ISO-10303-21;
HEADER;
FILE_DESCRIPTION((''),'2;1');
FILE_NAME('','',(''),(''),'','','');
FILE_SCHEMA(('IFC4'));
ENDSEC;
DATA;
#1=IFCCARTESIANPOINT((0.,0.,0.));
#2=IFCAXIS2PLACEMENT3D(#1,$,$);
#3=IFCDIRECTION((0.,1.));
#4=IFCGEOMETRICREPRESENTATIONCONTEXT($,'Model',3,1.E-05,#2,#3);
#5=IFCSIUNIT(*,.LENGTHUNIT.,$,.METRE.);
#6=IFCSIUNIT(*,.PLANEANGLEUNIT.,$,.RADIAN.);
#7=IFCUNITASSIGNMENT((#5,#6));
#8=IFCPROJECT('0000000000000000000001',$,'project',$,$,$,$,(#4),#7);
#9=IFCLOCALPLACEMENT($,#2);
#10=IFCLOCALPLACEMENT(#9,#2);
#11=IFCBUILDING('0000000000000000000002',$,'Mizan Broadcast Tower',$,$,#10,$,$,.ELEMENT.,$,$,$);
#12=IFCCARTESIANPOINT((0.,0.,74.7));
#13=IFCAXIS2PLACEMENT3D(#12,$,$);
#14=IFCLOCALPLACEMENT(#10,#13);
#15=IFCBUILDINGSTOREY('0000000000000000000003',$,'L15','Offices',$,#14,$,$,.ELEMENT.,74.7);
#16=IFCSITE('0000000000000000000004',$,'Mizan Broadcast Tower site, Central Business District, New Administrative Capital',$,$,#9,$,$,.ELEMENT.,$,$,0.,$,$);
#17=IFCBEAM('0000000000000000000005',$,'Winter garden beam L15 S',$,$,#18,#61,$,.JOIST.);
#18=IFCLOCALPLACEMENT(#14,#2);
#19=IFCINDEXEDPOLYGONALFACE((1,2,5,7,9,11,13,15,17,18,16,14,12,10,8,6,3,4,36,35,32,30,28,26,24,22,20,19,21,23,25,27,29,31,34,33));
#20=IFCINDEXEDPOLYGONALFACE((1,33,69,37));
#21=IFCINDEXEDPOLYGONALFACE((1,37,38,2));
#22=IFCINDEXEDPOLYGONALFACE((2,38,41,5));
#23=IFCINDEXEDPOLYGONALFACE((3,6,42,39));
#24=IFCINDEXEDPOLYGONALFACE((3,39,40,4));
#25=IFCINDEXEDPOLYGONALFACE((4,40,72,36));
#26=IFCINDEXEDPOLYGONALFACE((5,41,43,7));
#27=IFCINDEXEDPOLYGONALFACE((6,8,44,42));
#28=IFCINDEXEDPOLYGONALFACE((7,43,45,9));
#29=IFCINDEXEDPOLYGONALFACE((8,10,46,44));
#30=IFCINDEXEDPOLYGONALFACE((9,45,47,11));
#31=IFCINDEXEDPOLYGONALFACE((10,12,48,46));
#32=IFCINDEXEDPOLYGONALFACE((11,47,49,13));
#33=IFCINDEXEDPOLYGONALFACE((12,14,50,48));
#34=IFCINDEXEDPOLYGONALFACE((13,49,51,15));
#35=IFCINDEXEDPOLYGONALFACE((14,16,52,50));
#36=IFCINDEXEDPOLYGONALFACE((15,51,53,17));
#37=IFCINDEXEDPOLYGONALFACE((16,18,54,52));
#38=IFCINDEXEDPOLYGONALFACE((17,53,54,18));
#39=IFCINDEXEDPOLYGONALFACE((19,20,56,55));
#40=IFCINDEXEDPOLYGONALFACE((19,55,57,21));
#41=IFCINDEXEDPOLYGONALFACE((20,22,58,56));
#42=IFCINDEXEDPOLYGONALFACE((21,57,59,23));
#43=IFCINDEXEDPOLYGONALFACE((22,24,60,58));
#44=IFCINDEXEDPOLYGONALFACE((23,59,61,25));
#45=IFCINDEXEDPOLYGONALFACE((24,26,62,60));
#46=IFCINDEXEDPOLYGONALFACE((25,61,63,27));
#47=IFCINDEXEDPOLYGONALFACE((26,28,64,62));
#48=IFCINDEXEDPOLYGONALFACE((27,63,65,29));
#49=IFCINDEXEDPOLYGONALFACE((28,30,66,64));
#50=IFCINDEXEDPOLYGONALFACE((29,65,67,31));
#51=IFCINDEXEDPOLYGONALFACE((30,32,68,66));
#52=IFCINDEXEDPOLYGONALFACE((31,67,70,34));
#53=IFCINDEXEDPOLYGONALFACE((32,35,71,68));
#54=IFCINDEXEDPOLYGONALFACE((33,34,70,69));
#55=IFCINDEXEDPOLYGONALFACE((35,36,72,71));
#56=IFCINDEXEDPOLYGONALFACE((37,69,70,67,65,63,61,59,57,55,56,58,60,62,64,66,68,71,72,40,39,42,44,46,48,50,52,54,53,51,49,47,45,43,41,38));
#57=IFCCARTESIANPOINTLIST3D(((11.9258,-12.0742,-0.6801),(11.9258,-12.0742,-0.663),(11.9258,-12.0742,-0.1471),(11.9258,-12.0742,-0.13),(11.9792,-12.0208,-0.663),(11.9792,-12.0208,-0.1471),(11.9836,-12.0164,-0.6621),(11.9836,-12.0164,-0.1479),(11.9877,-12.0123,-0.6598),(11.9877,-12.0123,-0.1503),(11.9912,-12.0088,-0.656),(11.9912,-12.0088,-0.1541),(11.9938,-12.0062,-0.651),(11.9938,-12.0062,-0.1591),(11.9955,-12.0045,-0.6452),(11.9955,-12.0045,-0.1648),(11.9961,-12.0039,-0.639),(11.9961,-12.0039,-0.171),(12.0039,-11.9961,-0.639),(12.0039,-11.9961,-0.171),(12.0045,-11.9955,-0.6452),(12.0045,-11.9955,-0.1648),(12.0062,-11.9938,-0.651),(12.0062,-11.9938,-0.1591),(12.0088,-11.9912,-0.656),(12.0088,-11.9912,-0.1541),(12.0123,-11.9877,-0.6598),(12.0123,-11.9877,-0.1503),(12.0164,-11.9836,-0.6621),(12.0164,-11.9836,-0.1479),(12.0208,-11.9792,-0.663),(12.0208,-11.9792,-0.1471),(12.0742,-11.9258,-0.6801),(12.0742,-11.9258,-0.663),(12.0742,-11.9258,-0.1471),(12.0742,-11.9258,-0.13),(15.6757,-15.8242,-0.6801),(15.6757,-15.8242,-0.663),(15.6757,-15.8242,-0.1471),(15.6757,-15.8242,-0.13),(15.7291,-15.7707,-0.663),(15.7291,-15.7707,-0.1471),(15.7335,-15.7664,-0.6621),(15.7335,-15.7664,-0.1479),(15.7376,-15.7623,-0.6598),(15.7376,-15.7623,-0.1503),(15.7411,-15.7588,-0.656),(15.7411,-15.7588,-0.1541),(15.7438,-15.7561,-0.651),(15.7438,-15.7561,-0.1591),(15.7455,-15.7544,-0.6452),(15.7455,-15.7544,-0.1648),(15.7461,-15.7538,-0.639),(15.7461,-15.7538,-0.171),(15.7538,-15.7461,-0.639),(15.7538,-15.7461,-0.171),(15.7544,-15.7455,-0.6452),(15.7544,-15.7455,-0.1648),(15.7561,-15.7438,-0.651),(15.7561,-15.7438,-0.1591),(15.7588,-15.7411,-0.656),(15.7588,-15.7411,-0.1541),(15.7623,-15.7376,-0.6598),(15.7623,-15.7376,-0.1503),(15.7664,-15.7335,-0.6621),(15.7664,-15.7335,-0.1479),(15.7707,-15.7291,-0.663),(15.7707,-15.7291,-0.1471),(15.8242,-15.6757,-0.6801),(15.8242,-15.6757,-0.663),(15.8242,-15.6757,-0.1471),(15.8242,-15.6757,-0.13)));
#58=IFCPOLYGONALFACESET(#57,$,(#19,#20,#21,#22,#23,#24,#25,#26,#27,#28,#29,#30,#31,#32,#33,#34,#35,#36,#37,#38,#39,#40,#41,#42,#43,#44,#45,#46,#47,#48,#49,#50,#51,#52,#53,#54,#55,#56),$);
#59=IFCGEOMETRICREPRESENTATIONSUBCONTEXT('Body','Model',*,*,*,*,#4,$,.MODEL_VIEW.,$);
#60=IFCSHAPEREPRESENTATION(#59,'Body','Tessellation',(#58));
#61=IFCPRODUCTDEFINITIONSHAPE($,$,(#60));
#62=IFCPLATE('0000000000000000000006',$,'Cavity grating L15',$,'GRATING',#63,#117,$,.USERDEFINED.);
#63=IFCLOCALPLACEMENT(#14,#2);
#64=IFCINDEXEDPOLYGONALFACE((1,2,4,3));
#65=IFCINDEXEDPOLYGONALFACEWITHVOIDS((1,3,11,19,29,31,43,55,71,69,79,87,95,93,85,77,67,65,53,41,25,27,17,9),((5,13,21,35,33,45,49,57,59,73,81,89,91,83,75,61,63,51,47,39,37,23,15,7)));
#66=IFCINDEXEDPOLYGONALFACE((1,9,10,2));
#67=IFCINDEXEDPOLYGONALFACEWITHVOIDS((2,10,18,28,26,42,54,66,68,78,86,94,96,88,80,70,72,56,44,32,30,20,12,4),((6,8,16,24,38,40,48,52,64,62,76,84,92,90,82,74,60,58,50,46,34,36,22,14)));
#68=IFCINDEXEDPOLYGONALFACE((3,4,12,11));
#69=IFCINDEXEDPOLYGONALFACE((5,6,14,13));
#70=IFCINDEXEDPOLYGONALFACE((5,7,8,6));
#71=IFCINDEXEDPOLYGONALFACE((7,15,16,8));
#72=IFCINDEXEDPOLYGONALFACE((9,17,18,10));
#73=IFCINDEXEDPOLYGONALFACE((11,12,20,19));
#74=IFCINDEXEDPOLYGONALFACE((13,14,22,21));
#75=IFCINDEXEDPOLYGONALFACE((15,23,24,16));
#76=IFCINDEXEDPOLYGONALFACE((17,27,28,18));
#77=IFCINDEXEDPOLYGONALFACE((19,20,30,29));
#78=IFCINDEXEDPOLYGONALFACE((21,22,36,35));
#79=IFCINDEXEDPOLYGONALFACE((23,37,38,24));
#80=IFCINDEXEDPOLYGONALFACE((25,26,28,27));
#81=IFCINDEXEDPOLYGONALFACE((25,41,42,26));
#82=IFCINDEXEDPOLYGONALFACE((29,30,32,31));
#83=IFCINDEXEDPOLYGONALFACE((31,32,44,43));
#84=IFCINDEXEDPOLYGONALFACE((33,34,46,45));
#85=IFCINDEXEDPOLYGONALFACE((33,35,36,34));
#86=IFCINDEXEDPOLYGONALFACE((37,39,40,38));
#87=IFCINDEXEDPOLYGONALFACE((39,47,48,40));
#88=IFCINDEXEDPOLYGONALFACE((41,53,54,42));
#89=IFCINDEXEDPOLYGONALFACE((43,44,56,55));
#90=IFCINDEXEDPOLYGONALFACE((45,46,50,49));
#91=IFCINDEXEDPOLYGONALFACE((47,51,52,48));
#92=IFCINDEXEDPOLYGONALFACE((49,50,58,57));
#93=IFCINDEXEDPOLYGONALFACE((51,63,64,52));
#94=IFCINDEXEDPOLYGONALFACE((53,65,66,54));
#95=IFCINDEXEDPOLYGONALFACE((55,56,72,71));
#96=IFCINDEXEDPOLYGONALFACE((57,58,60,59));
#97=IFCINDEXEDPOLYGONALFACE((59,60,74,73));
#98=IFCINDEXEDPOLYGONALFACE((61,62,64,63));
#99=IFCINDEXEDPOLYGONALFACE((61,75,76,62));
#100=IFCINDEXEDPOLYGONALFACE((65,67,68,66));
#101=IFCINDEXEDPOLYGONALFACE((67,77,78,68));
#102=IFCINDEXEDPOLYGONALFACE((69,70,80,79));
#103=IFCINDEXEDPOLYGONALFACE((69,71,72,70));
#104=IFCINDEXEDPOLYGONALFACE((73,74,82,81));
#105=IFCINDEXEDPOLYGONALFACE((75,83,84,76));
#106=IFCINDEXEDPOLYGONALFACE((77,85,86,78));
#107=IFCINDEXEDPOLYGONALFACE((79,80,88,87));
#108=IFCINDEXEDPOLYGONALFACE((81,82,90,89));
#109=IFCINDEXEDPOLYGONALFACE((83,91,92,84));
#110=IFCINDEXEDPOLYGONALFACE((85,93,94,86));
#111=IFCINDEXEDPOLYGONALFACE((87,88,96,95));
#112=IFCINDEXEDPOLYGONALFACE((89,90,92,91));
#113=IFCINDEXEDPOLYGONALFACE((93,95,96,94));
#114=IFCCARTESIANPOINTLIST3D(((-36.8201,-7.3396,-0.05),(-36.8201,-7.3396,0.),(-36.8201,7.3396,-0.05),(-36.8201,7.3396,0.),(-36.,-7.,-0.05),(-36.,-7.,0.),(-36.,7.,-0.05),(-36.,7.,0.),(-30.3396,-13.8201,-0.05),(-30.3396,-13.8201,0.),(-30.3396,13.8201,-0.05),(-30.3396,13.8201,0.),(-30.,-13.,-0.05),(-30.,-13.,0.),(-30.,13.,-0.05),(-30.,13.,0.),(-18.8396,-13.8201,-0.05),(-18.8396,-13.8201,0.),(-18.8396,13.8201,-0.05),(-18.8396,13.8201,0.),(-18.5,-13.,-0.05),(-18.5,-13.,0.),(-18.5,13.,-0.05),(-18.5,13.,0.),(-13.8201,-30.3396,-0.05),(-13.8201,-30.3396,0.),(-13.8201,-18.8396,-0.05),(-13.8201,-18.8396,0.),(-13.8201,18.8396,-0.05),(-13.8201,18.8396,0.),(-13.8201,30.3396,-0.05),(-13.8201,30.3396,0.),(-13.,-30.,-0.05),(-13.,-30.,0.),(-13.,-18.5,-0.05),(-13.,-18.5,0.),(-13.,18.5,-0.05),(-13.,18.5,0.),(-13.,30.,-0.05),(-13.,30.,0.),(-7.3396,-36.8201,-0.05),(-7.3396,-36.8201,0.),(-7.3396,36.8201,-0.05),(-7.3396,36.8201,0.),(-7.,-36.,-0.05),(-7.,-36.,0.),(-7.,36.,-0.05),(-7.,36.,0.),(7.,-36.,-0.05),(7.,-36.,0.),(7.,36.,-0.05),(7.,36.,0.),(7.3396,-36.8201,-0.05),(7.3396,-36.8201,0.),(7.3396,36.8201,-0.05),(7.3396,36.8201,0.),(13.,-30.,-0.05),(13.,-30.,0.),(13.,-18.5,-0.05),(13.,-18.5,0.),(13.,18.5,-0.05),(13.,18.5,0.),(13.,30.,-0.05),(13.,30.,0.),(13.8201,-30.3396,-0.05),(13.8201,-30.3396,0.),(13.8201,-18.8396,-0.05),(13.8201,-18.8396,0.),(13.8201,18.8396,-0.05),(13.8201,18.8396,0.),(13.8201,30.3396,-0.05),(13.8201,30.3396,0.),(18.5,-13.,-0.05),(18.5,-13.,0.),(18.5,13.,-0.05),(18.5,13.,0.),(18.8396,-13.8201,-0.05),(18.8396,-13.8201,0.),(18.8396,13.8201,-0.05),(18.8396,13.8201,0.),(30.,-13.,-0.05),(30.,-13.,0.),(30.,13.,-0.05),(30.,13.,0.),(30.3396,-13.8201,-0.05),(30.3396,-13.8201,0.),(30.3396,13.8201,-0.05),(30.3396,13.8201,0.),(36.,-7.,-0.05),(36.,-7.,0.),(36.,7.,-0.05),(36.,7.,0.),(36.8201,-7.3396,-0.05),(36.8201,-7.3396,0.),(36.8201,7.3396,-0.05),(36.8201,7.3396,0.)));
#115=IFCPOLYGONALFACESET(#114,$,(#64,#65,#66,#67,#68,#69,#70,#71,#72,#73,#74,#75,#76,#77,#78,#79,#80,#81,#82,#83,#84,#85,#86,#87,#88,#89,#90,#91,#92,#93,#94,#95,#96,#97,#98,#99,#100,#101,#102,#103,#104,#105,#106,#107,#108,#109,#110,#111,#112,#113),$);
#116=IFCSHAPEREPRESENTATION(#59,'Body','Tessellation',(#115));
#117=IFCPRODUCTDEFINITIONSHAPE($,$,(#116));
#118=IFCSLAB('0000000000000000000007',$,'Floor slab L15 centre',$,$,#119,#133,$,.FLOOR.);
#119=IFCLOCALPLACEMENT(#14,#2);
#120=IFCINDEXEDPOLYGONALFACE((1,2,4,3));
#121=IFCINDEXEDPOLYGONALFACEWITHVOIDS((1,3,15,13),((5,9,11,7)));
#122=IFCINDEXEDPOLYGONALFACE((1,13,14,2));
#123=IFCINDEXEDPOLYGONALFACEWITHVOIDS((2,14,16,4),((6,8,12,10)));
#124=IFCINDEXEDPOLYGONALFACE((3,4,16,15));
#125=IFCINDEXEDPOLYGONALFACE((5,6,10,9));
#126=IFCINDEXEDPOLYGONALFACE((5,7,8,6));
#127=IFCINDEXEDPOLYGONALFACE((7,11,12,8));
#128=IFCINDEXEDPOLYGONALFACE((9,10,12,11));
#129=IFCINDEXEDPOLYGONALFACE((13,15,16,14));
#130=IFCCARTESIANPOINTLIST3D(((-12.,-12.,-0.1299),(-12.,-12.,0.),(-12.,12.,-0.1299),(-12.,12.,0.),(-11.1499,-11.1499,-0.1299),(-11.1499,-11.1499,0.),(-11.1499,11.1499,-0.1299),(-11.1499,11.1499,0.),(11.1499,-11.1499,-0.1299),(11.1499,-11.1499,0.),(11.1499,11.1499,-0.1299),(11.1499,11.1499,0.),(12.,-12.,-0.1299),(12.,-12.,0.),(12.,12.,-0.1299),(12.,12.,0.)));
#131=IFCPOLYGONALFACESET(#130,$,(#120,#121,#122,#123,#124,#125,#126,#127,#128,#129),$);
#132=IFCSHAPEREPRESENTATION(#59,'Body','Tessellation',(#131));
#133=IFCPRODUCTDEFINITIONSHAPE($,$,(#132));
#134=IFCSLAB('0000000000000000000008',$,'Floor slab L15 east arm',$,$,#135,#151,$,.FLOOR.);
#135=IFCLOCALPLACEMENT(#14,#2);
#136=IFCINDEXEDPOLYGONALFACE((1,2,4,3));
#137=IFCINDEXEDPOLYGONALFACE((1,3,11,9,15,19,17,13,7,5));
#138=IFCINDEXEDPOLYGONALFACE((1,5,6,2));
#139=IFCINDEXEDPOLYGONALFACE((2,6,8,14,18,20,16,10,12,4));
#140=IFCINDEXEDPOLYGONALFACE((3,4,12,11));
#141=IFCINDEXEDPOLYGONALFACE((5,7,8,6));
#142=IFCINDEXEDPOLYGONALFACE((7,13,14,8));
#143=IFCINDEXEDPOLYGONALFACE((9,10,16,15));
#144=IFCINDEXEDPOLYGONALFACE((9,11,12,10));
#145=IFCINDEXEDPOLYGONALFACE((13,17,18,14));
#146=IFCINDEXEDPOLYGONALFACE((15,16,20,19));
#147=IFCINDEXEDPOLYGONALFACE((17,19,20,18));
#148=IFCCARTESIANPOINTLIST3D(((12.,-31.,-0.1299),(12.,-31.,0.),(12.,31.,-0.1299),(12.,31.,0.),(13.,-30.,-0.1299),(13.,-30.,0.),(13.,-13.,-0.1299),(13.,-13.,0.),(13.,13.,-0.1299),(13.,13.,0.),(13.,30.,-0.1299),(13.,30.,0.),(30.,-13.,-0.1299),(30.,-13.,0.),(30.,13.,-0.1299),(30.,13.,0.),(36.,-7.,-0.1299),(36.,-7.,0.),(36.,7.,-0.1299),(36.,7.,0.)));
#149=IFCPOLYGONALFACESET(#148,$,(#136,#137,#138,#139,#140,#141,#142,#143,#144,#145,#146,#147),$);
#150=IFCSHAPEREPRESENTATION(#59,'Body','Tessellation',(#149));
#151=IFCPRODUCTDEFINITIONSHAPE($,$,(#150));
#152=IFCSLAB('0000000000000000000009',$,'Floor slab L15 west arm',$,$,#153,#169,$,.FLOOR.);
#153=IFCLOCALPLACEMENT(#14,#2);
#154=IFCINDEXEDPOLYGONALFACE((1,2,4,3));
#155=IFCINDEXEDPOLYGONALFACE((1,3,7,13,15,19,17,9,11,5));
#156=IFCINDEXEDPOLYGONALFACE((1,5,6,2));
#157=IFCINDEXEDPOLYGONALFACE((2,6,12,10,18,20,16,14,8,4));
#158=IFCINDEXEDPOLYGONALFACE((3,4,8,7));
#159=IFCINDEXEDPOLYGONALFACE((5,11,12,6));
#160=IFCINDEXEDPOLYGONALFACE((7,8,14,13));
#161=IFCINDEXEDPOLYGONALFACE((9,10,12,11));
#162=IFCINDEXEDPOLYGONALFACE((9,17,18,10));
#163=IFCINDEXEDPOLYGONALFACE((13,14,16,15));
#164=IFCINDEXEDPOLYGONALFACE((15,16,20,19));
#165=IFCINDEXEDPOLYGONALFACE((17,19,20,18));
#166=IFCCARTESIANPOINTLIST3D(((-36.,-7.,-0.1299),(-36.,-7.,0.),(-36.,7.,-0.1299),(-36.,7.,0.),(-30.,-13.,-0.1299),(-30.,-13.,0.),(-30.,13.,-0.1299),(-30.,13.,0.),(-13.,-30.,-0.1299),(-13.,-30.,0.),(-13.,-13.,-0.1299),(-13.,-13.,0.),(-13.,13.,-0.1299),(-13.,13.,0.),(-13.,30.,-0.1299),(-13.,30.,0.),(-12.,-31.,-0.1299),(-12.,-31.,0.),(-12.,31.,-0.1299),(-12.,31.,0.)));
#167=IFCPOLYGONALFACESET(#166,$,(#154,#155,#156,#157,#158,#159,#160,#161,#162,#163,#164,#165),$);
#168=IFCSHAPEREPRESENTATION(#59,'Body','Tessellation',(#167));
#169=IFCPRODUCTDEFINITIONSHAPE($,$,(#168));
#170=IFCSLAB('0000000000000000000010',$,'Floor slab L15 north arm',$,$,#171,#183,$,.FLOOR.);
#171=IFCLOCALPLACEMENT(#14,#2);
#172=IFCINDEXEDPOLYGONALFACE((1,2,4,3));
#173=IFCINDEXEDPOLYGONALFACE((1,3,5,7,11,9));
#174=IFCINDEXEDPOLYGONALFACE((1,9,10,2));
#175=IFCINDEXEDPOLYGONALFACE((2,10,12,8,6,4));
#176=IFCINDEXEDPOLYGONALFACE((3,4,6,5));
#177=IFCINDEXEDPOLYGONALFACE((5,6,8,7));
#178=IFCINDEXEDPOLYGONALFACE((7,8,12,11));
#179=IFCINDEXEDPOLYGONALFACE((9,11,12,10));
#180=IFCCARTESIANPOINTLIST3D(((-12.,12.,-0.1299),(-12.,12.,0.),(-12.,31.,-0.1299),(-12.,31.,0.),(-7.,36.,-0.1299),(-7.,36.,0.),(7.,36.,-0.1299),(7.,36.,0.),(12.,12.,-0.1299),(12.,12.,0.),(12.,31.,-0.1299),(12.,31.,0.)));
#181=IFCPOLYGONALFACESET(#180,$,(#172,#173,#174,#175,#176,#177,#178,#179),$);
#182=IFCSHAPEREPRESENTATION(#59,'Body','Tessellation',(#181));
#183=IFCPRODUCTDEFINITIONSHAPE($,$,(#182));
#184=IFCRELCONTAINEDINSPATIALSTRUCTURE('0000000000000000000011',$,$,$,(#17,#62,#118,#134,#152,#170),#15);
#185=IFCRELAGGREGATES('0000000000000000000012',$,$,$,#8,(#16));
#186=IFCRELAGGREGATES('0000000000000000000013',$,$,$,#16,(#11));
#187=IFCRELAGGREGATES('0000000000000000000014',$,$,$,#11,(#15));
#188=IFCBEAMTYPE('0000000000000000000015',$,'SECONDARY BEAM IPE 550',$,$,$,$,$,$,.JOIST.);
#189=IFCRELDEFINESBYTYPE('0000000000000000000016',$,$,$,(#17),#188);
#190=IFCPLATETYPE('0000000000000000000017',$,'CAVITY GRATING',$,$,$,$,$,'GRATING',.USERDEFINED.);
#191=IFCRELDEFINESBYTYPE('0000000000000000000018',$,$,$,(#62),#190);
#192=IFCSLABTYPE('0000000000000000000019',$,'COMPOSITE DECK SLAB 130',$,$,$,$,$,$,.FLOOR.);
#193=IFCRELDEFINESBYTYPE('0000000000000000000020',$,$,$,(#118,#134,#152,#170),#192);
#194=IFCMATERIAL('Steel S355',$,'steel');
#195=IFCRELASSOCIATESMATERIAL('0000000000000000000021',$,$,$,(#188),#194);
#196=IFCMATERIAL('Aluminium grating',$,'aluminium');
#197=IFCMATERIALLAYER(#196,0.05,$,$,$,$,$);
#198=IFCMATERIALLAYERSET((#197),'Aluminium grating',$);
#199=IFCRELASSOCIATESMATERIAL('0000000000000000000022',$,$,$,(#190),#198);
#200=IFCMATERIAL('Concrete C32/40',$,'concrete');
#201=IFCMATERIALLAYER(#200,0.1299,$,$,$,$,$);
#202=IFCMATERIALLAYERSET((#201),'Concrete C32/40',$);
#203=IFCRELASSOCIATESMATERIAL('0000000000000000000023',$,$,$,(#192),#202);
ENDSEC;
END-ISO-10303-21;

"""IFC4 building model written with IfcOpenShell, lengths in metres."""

from ifc_helpers import new_model, si_unit, direction, frame, origin, origin_2d, place, context, subcontext, project, spatial, polyline, i_section, outline, extrude, material, layer, layer_set, material_profile, profile_set, type_object, element, save


model = new_model("IFC4")

# Units and contexts
model_context = context("Model", 3, precision=1e-05, world=origin(), true_north=direction((0.0, 1.0)))
body_context = subcontext(model_context, "Body", "Model", "MODEL_VIEW")
ifc_project = project(units=[si_unit("LENGTHUNIT", "METRE"), si_unit("PLANEANGLEUNIT", "RADIAN")], contexts=[model_context])

# Site, building, storey
site_placement = place(None, origin())
site = spatial("IfcSite", under=ifc_project, at=site_placement, Name="Mizan Broadcast Tower site, Central Business District, New Administrative Capital", CompositionType="ELEMENT", RefElevation=0.0)
building_placement = place(site_placement, origin())
building = spatial("IfcBuilding", under=site, at=building_placement, Name="Mizan Broadcast Tower", CompositionType="ELEMENT")
storey_placement = place(building_placement, frame((0.0, 0.0, 74.7)))
storey = spatial("IfcBuildingStorey", under=building, at=storey_placement, Name="L15", Description="Offices", CompositionType="ELEMENT", Elevation=74.7)

# Beam
ifc_material_1 = material(Name="Steel S355", Category="steel")
ifc_material_profile_1 = material_profile(ifc_material_1, i_section(OverallWidth=0.21, OverallDepth=0.55, WebThickness=0.011, FlangeThickness=0.0171, FilletRadius=0.0239, at=origin_2d()), Name="IPE 550")
ifc_profile_set_1 = profile_set([ifc_material_profile_1], Name="Steel S355")
beam_type_1 = type_object("IfcBeamType", Name="SECONDARY BEAM IPE 550", PredefinedType="JOIST", material=ifc_profile_set_1)
beam_1_placement = place(storey_placement, frame((12.0, -12.0, -0.405), z_axis=(0.707107, -0.707107, 0.0), x_axis=(0.707107, 0.707107, 0.0)))
element("IfcBeam", 1, at=beam_1_placement, inside=storey, type_object=beam_type_1, Name="Winter garden beam L15 S", PredefinedType="JOIST", context=body_context, shape_type="SweptSolid", body=[
    extrude(i_section(OverallWidth=0.21, OverallDepth=0.55, WebThickness=0.011, FlangeThickness=0.0171, FilletRadius=0.0239, at=origin_2d()), origin(), (0.0, 0.0, 1.0), 5.3032),
])

# Plate
ifc_material_2 = material(Name="Aluminium grating", Category="aluminium")
ifc_layer_1 = layer(ifc_material_2, 0.05)
ifc_layer_set_1 = layer_set([ifc_layer_1], Name="Aluminium grating")
plate_type = type_object("IfcPlateType", Name="CAVITY GRATING", ElementType="GRATING", PredefinedType="USERDEFINED", material=ifc_layer_set_1)
plate_placement = place(storey_placement, frame((0.0, 0.0, -0.05)))
element("IfcPlate", 2, at=plate_placement, inside=storey, type_object=plate_type, Name="Cavity grating L15", ObjectType="GRATING", PredefinedType="USERDEFINED", context=body_context, shape_type="SweptSolid", body=[
    extrude(outline(polyline([(13.8201, -18.8396), (18.8396, -13.8201), (30.3396, -13.8201), (36.8201, -7.3396), (36.8201, 7.3396), (30.3396, 13.8201), (18.8396, 13.8201), (13.8201, 18.8396), (13.8201, 30.3396), (7.3396, 36.8201), (-7.3396, 36.8201), (-13.8201, 30.3396), (-13.8201, 18.8396), (-18.8396, 13.8201), (-30.3396, 13.8201), (-36.8201, 7.3396), (-36.8201, -7.3396), (-30.3396, -13.8201), (-18.8396, -13.8201), (-13.8201, -18.8396), (-13.8201, -30.3396), (-7.3396, -36.8201), (7.3396, -36.8201), (13.8201, -30.3396), (13.8201, -18.8396)]), holes=[polyline([(36.0, 7.0), (36.0, -7.0), (30.0, -13.0), (18.5, -13.0), (13.0, -18.5), (13.0, -30.0), (7.0, -36.0), (-7.0, -36.0), (-13.0, -30.0), (-13.0, -18.5), (-18.5, -13.0), (-30.0, -13.0), (-36.0, -7.0), (-36.0, 7.0), (-30.0, 13.0), (-18.5, 13.0), (-13.0, 18.5), (-13.0, 30.0), (-7.0, 36.0), (7.0, 36.0), (13.0, 30.0), (13.0, 18.5), (18.5, 13.0), (30.0, 13.0), (36.0, 7.0)])]), origin(), (0.0, 0.0, 1.0), 0.05),
])

# Slabs
ifc_material_3 = material(Name="Concrete C32/40", Category="concrete")
ifc_layer_2 = layer(ifc_material_3, 0.1299)
ifc_layer_set_2 = layer_set([ifc_layer_2], Name="Concrete C32/40")
slab_type_1 = type_object("IfcSlabType", Name="COMPOSITE DECK SLAB 130", PredefinedType="FLOOR", material=ifc_layer_set_2)
slab_1_placement = place(storey_placement, frame((0.0, 0.0, -0.1299)))
element("IfcSlab", 3, at=slab_1_placement, inside=storey, type_object=slab_type_1, Name="Floor slab L15 centre", PredefinedType="FLOOR", context=body_context, shape_type="SweptSolid", body=[
    extrude(outline(polyline([(-12.0, -12.0), (12.0, -12.0), (12.0, 12.0), (-12.0, 12.0), (-12.0, -12.0)]), holes=[polyline([(-11.1499, 11.1499), (11.1499, 11.1499), (11.1499, -11.1499), (-11.1499, -11.1499), (-11.1499, 11.1499)])]), origin(), (0.0, 0.0, 1.0), 0.1299),
])
slab_2_placement = place(storey_placement, frame((0.0, 0.0, -0.1299)))
element("IfcSlab", 4, at=slab_2_placement, inside=storey, type_object=slab_type_1, Name="Floor slab L15 east arm", PredefinedType="FLOOR", context=body_context, shape_type="SweptSolid", body=[
    extrude(outline(polyline([(12.0, -31.0), (13.0, -30.0), (13.0, -13.0), (30.0, -13.0), (36.0, -7.0), (36.0, 7.0), (30.0, 13.0), (13.0, 13.0), (13.0, 30.0), (12.0, 31.0), (12.0, -31.0)])), origin(), (0.0, 0.0, 1.0), 0.1299),
])
slab_3_placement = place(storey_placement, frame((0.0, 0.0, -0.1299)))
element("IfcSlab", 5, at=slab_3_placement, inside=storey, type_object=slab_type_1, Name="Floor slab L15 west arm", PredefinedType="FLOOR", context=body_context, shape_type="SweptSolid", body=[
    extrude(outline(polyline([(-13.0, -30.0), (-12.0, -31.0), (-12.0, 31.0), (-13.0, 30.0), (-13.0, 13.0), (-30.0, 13.0), (-36.0, 7.0), (-36.0, -7.0), (-30.0, -13.0), (-13.0, -13.0), (-13.0, -30.0)])), origin(), (0.0, 0.0, 1.0), 0.1299),
])
slab_4_placement = place(storey_placement, frame((0.0, 0.0, -0.1299)))
element("IfcSlab", 6, at=slab_4_placement, inside=storey, type_object=slab_type_1, Name="Floor slab L15 north arm", PredefinedType="FLOOR", context=body_context, shape_type="SweptSolid", body=[
    extrude(outline(polyline([(-7.0, 36.0), (-12.0, 31.0), (-12.0, 12.0), (12.0, 12.0), (12.0, 31.0), (7.0, 36.0), (-7.0, 36.0)])), origin(), (0.0, 0.0, 1.0), 0.1299),
])

save(model, "model.ifc")
